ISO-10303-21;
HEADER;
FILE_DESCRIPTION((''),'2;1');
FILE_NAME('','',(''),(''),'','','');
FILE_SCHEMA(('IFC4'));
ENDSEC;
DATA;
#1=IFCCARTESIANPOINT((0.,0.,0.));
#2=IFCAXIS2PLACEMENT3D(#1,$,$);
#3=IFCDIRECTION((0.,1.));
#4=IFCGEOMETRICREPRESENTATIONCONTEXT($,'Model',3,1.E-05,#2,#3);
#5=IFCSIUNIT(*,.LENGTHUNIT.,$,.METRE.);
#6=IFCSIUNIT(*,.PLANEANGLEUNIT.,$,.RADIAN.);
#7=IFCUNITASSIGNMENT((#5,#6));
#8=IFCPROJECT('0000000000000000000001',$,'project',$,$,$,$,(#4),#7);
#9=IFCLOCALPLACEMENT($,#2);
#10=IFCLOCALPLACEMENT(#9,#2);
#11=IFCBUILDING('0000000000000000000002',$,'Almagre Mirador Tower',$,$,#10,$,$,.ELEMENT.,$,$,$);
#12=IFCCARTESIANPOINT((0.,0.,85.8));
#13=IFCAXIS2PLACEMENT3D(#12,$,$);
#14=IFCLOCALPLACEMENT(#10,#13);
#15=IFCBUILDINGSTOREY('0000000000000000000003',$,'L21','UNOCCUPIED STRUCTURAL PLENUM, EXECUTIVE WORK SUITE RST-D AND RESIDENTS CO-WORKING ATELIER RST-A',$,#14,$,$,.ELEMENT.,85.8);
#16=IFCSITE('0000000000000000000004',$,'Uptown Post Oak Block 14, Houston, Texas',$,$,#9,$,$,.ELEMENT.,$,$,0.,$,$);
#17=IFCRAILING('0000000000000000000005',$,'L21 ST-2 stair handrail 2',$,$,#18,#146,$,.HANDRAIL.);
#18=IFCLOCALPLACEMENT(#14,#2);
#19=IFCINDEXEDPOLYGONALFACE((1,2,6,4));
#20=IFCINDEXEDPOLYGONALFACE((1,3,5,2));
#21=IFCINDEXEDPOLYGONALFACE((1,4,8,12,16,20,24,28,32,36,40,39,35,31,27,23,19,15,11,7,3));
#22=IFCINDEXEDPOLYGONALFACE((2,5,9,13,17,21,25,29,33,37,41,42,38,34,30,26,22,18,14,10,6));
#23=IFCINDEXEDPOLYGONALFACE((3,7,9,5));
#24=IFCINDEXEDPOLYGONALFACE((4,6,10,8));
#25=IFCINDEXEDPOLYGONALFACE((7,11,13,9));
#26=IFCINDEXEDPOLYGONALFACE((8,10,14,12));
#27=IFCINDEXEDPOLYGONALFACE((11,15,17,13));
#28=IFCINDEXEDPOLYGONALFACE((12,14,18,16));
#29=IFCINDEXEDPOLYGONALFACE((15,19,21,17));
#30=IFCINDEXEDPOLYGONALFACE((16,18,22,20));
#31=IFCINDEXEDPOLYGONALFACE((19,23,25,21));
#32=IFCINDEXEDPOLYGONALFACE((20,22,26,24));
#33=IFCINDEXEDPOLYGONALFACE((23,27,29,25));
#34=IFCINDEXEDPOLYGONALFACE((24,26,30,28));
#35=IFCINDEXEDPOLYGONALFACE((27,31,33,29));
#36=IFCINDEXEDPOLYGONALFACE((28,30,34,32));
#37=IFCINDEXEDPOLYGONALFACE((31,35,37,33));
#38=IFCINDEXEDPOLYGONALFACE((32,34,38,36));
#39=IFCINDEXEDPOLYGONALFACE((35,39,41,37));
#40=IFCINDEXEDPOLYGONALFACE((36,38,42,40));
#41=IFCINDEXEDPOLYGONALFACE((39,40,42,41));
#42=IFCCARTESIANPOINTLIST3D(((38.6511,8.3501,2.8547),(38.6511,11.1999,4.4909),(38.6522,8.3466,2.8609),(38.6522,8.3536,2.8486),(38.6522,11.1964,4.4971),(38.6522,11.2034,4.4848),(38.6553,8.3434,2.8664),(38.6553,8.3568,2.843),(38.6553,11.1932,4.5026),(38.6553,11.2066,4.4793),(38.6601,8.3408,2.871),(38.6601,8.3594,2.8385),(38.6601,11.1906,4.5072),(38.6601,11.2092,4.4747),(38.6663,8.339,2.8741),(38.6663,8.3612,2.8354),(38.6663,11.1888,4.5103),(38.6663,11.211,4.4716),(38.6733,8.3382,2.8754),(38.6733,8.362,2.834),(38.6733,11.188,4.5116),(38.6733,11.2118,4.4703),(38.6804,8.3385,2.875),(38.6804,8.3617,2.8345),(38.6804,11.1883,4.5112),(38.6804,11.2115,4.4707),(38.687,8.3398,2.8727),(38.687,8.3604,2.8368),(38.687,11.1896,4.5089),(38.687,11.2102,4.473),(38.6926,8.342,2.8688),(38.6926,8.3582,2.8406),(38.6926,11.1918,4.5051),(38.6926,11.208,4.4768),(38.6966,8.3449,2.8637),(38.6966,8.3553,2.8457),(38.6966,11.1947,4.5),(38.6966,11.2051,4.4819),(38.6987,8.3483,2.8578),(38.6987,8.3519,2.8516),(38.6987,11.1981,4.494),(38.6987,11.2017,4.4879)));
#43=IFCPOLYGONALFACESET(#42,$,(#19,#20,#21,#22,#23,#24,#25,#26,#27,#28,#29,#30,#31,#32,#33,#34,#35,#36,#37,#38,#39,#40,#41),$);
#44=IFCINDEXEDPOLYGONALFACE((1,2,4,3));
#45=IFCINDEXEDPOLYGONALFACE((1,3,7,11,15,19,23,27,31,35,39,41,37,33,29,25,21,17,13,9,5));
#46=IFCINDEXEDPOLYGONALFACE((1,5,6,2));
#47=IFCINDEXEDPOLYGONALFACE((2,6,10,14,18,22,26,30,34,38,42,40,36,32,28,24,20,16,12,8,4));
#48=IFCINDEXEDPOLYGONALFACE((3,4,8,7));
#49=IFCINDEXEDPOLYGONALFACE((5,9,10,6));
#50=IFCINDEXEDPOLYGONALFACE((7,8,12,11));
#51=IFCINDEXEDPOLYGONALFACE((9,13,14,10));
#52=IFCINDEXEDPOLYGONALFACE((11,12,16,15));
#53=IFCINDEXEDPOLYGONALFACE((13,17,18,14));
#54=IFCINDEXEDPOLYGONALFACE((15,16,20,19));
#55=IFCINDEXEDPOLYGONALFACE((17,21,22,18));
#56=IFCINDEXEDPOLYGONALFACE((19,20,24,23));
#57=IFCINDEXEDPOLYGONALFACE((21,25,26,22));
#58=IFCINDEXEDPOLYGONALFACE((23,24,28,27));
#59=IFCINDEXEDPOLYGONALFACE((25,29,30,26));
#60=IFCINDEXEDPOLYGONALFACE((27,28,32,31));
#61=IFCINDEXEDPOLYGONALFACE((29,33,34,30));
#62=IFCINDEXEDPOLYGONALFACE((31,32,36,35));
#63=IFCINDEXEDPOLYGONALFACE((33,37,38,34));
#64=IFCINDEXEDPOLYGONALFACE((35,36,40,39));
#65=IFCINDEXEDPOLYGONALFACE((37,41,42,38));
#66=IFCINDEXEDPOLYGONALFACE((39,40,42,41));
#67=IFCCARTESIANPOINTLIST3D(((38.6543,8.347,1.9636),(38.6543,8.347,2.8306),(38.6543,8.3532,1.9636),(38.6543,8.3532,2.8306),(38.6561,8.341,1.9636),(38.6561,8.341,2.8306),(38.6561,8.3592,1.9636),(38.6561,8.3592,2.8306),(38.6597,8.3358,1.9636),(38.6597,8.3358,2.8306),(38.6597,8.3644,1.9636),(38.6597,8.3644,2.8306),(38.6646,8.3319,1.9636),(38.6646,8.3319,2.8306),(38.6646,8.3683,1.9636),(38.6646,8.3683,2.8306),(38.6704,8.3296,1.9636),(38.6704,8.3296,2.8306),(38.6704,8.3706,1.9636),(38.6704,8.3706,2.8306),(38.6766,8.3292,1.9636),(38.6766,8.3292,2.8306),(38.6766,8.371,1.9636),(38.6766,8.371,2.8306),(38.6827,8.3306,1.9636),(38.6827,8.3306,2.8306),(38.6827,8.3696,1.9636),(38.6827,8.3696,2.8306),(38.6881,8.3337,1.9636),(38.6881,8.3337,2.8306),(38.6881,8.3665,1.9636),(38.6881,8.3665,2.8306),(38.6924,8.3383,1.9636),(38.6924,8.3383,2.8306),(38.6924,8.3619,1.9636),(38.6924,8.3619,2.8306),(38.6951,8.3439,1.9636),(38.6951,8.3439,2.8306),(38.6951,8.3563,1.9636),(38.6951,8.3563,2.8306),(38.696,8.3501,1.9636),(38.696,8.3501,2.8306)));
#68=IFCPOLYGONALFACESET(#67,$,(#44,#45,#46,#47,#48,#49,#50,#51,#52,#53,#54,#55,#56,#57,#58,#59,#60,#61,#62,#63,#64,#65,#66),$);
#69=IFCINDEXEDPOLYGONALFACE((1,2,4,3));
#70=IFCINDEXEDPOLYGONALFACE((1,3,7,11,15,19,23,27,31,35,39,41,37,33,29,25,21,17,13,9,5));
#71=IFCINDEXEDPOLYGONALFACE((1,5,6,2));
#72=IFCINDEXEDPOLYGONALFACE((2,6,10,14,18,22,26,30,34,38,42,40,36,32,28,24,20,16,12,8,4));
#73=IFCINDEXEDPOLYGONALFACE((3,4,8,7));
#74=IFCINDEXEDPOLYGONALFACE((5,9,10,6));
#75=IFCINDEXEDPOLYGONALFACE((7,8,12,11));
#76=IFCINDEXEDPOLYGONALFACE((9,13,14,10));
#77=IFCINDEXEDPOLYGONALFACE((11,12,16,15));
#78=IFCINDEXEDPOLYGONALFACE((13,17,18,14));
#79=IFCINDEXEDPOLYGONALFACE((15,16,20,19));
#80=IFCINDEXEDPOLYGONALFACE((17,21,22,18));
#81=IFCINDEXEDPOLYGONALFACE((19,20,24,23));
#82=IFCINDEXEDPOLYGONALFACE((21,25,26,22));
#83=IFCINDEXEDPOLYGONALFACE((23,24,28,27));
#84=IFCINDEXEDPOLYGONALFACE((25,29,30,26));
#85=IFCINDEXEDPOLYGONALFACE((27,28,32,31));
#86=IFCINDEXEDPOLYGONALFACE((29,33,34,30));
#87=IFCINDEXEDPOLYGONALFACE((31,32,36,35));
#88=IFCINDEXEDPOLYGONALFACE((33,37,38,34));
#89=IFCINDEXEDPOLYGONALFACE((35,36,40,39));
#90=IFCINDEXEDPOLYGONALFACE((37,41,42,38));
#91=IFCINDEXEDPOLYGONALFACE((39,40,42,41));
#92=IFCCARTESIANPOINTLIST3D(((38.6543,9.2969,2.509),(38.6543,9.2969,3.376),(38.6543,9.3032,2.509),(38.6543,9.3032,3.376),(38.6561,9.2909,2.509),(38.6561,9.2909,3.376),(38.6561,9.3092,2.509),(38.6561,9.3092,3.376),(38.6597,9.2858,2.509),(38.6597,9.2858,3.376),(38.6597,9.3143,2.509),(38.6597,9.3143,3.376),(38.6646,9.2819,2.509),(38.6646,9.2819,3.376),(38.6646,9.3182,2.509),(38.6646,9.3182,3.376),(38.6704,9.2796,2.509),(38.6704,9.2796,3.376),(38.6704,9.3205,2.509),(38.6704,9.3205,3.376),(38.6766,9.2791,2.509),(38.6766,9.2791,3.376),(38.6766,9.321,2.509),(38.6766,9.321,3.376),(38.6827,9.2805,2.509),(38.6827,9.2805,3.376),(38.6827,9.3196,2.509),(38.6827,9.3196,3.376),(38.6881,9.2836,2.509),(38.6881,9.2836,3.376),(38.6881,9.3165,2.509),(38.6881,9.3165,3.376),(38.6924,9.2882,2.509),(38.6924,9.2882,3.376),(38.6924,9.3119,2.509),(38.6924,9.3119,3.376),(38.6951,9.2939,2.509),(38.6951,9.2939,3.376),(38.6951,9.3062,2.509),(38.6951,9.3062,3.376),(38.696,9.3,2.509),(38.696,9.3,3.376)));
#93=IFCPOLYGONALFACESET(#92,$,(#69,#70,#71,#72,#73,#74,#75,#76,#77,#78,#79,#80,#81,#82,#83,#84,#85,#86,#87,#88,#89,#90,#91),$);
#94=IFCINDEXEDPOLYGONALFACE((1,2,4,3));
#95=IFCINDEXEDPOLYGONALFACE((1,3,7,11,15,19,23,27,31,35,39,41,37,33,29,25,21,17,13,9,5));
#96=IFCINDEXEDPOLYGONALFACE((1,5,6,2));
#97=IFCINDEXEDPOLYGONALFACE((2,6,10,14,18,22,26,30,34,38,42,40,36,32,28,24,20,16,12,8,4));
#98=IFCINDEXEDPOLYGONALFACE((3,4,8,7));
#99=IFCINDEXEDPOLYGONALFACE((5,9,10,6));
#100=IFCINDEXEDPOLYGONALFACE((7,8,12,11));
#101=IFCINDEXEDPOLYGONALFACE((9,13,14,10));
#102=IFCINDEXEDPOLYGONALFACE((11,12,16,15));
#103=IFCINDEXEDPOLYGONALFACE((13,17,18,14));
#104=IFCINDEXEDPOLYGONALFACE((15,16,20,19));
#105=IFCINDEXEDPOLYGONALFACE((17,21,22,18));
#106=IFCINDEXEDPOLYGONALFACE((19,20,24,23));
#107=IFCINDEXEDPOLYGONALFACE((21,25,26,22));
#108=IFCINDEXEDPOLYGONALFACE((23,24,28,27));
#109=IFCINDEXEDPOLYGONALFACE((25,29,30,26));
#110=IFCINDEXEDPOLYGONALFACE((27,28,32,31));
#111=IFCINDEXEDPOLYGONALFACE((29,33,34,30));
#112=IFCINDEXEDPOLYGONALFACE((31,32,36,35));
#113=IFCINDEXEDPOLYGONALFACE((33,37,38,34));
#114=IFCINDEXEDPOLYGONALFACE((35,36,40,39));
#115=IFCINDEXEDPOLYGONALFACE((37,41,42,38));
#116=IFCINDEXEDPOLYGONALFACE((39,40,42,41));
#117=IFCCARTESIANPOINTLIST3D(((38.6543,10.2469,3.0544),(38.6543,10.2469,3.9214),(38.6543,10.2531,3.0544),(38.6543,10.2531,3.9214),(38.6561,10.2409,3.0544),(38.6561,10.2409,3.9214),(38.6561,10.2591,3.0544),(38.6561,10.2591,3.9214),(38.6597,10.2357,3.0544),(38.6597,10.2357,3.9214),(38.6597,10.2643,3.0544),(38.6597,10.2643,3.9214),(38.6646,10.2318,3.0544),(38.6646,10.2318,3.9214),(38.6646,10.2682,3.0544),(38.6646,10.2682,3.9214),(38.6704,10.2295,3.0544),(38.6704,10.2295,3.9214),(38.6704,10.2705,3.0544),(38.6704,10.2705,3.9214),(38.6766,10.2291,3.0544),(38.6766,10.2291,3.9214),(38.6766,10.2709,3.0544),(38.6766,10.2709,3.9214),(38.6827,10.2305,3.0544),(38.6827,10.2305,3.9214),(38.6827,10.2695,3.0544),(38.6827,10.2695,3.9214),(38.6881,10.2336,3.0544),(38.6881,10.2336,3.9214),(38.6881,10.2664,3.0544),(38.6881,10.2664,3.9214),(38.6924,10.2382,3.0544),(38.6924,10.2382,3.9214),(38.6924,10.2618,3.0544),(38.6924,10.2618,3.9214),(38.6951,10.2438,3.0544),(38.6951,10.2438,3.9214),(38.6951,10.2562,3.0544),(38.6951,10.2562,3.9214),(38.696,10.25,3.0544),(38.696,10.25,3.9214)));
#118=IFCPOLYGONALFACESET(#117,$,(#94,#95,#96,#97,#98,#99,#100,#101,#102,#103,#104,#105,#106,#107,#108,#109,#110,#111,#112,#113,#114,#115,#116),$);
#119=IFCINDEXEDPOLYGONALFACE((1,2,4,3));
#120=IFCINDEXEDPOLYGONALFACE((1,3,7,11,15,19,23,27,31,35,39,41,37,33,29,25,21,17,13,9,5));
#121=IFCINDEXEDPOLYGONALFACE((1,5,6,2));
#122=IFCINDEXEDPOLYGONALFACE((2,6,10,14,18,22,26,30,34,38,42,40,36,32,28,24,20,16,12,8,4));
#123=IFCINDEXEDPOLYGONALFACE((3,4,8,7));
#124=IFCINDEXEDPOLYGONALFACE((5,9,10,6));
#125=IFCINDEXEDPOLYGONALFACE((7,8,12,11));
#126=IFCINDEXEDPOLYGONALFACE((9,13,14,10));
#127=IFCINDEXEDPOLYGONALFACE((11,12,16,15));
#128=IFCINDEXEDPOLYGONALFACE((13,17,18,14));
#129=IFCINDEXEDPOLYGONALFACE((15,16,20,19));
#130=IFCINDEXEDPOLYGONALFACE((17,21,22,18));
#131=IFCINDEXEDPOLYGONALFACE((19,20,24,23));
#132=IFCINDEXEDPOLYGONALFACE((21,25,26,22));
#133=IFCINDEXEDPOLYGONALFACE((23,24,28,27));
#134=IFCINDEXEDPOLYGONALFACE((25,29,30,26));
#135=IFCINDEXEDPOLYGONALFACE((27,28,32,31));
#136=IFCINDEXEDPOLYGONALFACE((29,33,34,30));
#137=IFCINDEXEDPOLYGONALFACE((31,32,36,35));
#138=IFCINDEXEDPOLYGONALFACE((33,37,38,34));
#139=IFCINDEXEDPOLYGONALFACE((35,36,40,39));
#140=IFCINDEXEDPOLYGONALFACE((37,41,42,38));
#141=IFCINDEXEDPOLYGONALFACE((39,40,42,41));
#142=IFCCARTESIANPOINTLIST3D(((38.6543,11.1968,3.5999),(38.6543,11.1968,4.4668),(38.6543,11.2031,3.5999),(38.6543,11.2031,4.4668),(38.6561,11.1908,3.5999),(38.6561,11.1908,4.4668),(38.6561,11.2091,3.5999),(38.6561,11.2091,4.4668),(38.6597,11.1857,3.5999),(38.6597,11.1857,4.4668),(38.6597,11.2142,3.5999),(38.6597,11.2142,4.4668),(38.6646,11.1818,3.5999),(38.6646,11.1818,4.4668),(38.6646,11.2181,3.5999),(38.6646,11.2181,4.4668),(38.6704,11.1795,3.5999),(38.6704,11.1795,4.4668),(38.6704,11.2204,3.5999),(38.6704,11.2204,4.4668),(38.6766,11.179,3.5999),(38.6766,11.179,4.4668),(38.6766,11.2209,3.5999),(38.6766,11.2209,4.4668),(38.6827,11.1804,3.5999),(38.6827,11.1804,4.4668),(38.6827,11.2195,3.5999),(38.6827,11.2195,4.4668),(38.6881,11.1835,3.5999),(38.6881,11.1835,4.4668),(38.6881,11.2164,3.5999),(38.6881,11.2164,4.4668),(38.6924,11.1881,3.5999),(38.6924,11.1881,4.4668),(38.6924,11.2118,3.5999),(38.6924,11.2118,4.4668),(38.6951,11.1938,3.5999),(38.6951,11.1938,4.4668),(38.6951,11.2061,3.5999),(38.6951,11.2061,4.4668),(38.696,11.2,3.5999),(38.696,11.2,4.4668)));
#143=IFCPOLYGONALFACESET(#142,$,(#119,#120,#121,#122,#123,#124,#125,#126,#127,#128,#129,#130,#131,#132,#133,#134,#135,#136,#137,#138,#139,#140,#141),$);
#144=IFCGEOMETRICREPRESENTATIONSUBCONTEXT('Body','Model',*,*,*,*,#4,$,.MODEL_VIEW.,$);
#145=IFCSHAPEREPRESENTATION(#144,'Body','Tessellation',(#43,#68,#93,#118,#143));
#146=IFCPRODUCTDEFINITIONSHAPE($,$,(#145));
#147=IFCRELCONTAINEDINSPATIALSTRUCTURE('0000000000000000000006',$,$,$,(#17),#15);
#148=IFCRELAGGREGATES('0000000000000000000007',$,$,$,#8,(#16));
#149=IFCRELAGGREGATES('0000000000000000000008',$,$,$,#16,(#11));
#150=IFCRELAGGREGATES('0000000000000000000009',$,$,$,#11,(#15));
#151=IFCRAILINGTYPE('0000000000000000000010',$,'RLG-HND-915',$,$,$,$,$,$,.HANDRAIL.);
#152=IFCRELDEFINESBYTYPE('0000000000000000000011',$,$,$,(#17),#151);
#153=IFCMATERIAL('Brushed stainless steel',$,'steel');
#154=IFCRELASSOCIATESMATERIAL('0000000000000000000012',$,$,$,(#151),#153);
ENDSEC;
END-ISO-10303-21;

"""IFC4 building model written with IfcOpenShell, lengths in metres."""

from ifc_helpers import new_model, si_unit, direction, frame, origin, origin_2d, place, context, subcontext, project, spatial, circle, extrude, material, type_object, element, save


model = new_model("IFC4")

# Units and contexts
model_context = context("Model", 3, precision=1e-05, world=origin(), true_north=direction((0.0, 1.0)))
body_context = subcontext(model_context, "Body", "Model", "MODEL_VIEW")
ifc_project = project(units=[si_unit("LENGTHUNIT", "METRE"), si_unit("PLANEANGLEUNIT", "RADIAN")], contexts=[model_context])

# Site, building, storey
site_placement = place(None, origin())
site = spatial("IfcSite", under=ifc_project, at=site_placement, Name="Uptown Post Oak Block 14, Houston, Texas", CompositionType="ELEMENT", RefElevation=0.0)
building_placement = place(site_placement, origin())
building = spatial("IfcBuilding", under=site, at=building_placement, Name="Almagre Mirador Tower", CompositionType="ELEMENT")
storey_placement = place(building_placement, frame((0.0, 0.0, 85.8)))
storey = spatial("IfcBuildingStorey", under=building, at=storey_placement, Name="L21", Description="UNOCCUPIED STRUCTURAL PLENUM, EXECUTIVE WORK SUITE RST-D AND RESIDENTS CO-WORKING ATELIER RST-A", CompositionType="ELEMENT", Elevation=85.8)

# Railing
ifc_material_1 = material(Name="Brushed stainless steel", Category="steel")
railing_type_1 = type_object("IfcRailingType", Name="RLG-HND-915", PredefinedType="HANDRAIL", material=ifc_material_1)
railing_1_placement = place(storey_placement, frame((38.675, 8.3501, 1.9636)))
element("IfcRailing", 1, at=railing_1_placement, inside=storey, type_object=railing_type_1, Name="L21 ST-2 stair handrail 2", PredefinedType="HANDRAIL", context=body_context, shape_type="SweptSolid", body=[
    extrude(circle(Radius=0.0239, at=origin_2d()), frame((0.0, 0.0, 0.8911), z_axis=(0.0, 0.867226, 0.497914), x_axis=(-1.0, 0.0, 0.0)), (0.0, 0.0, 1.0), 3.2861),
    extrude(circle(Radius=0.021, at=origin_2d()), origin(), (0.0, 0.0, 1.0), 0.8669),
    extrude(circle(Radius=0.021, at=origin_2d()), frame((0.0, 0.95, 0.5454)), (0.0, 0.0, 1.0), 0.8669),
    extrude(circle(Radius=0.021, at=origin_2d()), frame((0.0, 1.8999, 1.0908)), (0.0, 0.0, 1.0), 0.8669),
    extrude(circle(Radius=0.021, at=origin_2d()), frame((0.0, 2.8499, 1.6362)), (0.0, 0.0, 1.0), 0.8669),
])

save(model, "model.ifc")
